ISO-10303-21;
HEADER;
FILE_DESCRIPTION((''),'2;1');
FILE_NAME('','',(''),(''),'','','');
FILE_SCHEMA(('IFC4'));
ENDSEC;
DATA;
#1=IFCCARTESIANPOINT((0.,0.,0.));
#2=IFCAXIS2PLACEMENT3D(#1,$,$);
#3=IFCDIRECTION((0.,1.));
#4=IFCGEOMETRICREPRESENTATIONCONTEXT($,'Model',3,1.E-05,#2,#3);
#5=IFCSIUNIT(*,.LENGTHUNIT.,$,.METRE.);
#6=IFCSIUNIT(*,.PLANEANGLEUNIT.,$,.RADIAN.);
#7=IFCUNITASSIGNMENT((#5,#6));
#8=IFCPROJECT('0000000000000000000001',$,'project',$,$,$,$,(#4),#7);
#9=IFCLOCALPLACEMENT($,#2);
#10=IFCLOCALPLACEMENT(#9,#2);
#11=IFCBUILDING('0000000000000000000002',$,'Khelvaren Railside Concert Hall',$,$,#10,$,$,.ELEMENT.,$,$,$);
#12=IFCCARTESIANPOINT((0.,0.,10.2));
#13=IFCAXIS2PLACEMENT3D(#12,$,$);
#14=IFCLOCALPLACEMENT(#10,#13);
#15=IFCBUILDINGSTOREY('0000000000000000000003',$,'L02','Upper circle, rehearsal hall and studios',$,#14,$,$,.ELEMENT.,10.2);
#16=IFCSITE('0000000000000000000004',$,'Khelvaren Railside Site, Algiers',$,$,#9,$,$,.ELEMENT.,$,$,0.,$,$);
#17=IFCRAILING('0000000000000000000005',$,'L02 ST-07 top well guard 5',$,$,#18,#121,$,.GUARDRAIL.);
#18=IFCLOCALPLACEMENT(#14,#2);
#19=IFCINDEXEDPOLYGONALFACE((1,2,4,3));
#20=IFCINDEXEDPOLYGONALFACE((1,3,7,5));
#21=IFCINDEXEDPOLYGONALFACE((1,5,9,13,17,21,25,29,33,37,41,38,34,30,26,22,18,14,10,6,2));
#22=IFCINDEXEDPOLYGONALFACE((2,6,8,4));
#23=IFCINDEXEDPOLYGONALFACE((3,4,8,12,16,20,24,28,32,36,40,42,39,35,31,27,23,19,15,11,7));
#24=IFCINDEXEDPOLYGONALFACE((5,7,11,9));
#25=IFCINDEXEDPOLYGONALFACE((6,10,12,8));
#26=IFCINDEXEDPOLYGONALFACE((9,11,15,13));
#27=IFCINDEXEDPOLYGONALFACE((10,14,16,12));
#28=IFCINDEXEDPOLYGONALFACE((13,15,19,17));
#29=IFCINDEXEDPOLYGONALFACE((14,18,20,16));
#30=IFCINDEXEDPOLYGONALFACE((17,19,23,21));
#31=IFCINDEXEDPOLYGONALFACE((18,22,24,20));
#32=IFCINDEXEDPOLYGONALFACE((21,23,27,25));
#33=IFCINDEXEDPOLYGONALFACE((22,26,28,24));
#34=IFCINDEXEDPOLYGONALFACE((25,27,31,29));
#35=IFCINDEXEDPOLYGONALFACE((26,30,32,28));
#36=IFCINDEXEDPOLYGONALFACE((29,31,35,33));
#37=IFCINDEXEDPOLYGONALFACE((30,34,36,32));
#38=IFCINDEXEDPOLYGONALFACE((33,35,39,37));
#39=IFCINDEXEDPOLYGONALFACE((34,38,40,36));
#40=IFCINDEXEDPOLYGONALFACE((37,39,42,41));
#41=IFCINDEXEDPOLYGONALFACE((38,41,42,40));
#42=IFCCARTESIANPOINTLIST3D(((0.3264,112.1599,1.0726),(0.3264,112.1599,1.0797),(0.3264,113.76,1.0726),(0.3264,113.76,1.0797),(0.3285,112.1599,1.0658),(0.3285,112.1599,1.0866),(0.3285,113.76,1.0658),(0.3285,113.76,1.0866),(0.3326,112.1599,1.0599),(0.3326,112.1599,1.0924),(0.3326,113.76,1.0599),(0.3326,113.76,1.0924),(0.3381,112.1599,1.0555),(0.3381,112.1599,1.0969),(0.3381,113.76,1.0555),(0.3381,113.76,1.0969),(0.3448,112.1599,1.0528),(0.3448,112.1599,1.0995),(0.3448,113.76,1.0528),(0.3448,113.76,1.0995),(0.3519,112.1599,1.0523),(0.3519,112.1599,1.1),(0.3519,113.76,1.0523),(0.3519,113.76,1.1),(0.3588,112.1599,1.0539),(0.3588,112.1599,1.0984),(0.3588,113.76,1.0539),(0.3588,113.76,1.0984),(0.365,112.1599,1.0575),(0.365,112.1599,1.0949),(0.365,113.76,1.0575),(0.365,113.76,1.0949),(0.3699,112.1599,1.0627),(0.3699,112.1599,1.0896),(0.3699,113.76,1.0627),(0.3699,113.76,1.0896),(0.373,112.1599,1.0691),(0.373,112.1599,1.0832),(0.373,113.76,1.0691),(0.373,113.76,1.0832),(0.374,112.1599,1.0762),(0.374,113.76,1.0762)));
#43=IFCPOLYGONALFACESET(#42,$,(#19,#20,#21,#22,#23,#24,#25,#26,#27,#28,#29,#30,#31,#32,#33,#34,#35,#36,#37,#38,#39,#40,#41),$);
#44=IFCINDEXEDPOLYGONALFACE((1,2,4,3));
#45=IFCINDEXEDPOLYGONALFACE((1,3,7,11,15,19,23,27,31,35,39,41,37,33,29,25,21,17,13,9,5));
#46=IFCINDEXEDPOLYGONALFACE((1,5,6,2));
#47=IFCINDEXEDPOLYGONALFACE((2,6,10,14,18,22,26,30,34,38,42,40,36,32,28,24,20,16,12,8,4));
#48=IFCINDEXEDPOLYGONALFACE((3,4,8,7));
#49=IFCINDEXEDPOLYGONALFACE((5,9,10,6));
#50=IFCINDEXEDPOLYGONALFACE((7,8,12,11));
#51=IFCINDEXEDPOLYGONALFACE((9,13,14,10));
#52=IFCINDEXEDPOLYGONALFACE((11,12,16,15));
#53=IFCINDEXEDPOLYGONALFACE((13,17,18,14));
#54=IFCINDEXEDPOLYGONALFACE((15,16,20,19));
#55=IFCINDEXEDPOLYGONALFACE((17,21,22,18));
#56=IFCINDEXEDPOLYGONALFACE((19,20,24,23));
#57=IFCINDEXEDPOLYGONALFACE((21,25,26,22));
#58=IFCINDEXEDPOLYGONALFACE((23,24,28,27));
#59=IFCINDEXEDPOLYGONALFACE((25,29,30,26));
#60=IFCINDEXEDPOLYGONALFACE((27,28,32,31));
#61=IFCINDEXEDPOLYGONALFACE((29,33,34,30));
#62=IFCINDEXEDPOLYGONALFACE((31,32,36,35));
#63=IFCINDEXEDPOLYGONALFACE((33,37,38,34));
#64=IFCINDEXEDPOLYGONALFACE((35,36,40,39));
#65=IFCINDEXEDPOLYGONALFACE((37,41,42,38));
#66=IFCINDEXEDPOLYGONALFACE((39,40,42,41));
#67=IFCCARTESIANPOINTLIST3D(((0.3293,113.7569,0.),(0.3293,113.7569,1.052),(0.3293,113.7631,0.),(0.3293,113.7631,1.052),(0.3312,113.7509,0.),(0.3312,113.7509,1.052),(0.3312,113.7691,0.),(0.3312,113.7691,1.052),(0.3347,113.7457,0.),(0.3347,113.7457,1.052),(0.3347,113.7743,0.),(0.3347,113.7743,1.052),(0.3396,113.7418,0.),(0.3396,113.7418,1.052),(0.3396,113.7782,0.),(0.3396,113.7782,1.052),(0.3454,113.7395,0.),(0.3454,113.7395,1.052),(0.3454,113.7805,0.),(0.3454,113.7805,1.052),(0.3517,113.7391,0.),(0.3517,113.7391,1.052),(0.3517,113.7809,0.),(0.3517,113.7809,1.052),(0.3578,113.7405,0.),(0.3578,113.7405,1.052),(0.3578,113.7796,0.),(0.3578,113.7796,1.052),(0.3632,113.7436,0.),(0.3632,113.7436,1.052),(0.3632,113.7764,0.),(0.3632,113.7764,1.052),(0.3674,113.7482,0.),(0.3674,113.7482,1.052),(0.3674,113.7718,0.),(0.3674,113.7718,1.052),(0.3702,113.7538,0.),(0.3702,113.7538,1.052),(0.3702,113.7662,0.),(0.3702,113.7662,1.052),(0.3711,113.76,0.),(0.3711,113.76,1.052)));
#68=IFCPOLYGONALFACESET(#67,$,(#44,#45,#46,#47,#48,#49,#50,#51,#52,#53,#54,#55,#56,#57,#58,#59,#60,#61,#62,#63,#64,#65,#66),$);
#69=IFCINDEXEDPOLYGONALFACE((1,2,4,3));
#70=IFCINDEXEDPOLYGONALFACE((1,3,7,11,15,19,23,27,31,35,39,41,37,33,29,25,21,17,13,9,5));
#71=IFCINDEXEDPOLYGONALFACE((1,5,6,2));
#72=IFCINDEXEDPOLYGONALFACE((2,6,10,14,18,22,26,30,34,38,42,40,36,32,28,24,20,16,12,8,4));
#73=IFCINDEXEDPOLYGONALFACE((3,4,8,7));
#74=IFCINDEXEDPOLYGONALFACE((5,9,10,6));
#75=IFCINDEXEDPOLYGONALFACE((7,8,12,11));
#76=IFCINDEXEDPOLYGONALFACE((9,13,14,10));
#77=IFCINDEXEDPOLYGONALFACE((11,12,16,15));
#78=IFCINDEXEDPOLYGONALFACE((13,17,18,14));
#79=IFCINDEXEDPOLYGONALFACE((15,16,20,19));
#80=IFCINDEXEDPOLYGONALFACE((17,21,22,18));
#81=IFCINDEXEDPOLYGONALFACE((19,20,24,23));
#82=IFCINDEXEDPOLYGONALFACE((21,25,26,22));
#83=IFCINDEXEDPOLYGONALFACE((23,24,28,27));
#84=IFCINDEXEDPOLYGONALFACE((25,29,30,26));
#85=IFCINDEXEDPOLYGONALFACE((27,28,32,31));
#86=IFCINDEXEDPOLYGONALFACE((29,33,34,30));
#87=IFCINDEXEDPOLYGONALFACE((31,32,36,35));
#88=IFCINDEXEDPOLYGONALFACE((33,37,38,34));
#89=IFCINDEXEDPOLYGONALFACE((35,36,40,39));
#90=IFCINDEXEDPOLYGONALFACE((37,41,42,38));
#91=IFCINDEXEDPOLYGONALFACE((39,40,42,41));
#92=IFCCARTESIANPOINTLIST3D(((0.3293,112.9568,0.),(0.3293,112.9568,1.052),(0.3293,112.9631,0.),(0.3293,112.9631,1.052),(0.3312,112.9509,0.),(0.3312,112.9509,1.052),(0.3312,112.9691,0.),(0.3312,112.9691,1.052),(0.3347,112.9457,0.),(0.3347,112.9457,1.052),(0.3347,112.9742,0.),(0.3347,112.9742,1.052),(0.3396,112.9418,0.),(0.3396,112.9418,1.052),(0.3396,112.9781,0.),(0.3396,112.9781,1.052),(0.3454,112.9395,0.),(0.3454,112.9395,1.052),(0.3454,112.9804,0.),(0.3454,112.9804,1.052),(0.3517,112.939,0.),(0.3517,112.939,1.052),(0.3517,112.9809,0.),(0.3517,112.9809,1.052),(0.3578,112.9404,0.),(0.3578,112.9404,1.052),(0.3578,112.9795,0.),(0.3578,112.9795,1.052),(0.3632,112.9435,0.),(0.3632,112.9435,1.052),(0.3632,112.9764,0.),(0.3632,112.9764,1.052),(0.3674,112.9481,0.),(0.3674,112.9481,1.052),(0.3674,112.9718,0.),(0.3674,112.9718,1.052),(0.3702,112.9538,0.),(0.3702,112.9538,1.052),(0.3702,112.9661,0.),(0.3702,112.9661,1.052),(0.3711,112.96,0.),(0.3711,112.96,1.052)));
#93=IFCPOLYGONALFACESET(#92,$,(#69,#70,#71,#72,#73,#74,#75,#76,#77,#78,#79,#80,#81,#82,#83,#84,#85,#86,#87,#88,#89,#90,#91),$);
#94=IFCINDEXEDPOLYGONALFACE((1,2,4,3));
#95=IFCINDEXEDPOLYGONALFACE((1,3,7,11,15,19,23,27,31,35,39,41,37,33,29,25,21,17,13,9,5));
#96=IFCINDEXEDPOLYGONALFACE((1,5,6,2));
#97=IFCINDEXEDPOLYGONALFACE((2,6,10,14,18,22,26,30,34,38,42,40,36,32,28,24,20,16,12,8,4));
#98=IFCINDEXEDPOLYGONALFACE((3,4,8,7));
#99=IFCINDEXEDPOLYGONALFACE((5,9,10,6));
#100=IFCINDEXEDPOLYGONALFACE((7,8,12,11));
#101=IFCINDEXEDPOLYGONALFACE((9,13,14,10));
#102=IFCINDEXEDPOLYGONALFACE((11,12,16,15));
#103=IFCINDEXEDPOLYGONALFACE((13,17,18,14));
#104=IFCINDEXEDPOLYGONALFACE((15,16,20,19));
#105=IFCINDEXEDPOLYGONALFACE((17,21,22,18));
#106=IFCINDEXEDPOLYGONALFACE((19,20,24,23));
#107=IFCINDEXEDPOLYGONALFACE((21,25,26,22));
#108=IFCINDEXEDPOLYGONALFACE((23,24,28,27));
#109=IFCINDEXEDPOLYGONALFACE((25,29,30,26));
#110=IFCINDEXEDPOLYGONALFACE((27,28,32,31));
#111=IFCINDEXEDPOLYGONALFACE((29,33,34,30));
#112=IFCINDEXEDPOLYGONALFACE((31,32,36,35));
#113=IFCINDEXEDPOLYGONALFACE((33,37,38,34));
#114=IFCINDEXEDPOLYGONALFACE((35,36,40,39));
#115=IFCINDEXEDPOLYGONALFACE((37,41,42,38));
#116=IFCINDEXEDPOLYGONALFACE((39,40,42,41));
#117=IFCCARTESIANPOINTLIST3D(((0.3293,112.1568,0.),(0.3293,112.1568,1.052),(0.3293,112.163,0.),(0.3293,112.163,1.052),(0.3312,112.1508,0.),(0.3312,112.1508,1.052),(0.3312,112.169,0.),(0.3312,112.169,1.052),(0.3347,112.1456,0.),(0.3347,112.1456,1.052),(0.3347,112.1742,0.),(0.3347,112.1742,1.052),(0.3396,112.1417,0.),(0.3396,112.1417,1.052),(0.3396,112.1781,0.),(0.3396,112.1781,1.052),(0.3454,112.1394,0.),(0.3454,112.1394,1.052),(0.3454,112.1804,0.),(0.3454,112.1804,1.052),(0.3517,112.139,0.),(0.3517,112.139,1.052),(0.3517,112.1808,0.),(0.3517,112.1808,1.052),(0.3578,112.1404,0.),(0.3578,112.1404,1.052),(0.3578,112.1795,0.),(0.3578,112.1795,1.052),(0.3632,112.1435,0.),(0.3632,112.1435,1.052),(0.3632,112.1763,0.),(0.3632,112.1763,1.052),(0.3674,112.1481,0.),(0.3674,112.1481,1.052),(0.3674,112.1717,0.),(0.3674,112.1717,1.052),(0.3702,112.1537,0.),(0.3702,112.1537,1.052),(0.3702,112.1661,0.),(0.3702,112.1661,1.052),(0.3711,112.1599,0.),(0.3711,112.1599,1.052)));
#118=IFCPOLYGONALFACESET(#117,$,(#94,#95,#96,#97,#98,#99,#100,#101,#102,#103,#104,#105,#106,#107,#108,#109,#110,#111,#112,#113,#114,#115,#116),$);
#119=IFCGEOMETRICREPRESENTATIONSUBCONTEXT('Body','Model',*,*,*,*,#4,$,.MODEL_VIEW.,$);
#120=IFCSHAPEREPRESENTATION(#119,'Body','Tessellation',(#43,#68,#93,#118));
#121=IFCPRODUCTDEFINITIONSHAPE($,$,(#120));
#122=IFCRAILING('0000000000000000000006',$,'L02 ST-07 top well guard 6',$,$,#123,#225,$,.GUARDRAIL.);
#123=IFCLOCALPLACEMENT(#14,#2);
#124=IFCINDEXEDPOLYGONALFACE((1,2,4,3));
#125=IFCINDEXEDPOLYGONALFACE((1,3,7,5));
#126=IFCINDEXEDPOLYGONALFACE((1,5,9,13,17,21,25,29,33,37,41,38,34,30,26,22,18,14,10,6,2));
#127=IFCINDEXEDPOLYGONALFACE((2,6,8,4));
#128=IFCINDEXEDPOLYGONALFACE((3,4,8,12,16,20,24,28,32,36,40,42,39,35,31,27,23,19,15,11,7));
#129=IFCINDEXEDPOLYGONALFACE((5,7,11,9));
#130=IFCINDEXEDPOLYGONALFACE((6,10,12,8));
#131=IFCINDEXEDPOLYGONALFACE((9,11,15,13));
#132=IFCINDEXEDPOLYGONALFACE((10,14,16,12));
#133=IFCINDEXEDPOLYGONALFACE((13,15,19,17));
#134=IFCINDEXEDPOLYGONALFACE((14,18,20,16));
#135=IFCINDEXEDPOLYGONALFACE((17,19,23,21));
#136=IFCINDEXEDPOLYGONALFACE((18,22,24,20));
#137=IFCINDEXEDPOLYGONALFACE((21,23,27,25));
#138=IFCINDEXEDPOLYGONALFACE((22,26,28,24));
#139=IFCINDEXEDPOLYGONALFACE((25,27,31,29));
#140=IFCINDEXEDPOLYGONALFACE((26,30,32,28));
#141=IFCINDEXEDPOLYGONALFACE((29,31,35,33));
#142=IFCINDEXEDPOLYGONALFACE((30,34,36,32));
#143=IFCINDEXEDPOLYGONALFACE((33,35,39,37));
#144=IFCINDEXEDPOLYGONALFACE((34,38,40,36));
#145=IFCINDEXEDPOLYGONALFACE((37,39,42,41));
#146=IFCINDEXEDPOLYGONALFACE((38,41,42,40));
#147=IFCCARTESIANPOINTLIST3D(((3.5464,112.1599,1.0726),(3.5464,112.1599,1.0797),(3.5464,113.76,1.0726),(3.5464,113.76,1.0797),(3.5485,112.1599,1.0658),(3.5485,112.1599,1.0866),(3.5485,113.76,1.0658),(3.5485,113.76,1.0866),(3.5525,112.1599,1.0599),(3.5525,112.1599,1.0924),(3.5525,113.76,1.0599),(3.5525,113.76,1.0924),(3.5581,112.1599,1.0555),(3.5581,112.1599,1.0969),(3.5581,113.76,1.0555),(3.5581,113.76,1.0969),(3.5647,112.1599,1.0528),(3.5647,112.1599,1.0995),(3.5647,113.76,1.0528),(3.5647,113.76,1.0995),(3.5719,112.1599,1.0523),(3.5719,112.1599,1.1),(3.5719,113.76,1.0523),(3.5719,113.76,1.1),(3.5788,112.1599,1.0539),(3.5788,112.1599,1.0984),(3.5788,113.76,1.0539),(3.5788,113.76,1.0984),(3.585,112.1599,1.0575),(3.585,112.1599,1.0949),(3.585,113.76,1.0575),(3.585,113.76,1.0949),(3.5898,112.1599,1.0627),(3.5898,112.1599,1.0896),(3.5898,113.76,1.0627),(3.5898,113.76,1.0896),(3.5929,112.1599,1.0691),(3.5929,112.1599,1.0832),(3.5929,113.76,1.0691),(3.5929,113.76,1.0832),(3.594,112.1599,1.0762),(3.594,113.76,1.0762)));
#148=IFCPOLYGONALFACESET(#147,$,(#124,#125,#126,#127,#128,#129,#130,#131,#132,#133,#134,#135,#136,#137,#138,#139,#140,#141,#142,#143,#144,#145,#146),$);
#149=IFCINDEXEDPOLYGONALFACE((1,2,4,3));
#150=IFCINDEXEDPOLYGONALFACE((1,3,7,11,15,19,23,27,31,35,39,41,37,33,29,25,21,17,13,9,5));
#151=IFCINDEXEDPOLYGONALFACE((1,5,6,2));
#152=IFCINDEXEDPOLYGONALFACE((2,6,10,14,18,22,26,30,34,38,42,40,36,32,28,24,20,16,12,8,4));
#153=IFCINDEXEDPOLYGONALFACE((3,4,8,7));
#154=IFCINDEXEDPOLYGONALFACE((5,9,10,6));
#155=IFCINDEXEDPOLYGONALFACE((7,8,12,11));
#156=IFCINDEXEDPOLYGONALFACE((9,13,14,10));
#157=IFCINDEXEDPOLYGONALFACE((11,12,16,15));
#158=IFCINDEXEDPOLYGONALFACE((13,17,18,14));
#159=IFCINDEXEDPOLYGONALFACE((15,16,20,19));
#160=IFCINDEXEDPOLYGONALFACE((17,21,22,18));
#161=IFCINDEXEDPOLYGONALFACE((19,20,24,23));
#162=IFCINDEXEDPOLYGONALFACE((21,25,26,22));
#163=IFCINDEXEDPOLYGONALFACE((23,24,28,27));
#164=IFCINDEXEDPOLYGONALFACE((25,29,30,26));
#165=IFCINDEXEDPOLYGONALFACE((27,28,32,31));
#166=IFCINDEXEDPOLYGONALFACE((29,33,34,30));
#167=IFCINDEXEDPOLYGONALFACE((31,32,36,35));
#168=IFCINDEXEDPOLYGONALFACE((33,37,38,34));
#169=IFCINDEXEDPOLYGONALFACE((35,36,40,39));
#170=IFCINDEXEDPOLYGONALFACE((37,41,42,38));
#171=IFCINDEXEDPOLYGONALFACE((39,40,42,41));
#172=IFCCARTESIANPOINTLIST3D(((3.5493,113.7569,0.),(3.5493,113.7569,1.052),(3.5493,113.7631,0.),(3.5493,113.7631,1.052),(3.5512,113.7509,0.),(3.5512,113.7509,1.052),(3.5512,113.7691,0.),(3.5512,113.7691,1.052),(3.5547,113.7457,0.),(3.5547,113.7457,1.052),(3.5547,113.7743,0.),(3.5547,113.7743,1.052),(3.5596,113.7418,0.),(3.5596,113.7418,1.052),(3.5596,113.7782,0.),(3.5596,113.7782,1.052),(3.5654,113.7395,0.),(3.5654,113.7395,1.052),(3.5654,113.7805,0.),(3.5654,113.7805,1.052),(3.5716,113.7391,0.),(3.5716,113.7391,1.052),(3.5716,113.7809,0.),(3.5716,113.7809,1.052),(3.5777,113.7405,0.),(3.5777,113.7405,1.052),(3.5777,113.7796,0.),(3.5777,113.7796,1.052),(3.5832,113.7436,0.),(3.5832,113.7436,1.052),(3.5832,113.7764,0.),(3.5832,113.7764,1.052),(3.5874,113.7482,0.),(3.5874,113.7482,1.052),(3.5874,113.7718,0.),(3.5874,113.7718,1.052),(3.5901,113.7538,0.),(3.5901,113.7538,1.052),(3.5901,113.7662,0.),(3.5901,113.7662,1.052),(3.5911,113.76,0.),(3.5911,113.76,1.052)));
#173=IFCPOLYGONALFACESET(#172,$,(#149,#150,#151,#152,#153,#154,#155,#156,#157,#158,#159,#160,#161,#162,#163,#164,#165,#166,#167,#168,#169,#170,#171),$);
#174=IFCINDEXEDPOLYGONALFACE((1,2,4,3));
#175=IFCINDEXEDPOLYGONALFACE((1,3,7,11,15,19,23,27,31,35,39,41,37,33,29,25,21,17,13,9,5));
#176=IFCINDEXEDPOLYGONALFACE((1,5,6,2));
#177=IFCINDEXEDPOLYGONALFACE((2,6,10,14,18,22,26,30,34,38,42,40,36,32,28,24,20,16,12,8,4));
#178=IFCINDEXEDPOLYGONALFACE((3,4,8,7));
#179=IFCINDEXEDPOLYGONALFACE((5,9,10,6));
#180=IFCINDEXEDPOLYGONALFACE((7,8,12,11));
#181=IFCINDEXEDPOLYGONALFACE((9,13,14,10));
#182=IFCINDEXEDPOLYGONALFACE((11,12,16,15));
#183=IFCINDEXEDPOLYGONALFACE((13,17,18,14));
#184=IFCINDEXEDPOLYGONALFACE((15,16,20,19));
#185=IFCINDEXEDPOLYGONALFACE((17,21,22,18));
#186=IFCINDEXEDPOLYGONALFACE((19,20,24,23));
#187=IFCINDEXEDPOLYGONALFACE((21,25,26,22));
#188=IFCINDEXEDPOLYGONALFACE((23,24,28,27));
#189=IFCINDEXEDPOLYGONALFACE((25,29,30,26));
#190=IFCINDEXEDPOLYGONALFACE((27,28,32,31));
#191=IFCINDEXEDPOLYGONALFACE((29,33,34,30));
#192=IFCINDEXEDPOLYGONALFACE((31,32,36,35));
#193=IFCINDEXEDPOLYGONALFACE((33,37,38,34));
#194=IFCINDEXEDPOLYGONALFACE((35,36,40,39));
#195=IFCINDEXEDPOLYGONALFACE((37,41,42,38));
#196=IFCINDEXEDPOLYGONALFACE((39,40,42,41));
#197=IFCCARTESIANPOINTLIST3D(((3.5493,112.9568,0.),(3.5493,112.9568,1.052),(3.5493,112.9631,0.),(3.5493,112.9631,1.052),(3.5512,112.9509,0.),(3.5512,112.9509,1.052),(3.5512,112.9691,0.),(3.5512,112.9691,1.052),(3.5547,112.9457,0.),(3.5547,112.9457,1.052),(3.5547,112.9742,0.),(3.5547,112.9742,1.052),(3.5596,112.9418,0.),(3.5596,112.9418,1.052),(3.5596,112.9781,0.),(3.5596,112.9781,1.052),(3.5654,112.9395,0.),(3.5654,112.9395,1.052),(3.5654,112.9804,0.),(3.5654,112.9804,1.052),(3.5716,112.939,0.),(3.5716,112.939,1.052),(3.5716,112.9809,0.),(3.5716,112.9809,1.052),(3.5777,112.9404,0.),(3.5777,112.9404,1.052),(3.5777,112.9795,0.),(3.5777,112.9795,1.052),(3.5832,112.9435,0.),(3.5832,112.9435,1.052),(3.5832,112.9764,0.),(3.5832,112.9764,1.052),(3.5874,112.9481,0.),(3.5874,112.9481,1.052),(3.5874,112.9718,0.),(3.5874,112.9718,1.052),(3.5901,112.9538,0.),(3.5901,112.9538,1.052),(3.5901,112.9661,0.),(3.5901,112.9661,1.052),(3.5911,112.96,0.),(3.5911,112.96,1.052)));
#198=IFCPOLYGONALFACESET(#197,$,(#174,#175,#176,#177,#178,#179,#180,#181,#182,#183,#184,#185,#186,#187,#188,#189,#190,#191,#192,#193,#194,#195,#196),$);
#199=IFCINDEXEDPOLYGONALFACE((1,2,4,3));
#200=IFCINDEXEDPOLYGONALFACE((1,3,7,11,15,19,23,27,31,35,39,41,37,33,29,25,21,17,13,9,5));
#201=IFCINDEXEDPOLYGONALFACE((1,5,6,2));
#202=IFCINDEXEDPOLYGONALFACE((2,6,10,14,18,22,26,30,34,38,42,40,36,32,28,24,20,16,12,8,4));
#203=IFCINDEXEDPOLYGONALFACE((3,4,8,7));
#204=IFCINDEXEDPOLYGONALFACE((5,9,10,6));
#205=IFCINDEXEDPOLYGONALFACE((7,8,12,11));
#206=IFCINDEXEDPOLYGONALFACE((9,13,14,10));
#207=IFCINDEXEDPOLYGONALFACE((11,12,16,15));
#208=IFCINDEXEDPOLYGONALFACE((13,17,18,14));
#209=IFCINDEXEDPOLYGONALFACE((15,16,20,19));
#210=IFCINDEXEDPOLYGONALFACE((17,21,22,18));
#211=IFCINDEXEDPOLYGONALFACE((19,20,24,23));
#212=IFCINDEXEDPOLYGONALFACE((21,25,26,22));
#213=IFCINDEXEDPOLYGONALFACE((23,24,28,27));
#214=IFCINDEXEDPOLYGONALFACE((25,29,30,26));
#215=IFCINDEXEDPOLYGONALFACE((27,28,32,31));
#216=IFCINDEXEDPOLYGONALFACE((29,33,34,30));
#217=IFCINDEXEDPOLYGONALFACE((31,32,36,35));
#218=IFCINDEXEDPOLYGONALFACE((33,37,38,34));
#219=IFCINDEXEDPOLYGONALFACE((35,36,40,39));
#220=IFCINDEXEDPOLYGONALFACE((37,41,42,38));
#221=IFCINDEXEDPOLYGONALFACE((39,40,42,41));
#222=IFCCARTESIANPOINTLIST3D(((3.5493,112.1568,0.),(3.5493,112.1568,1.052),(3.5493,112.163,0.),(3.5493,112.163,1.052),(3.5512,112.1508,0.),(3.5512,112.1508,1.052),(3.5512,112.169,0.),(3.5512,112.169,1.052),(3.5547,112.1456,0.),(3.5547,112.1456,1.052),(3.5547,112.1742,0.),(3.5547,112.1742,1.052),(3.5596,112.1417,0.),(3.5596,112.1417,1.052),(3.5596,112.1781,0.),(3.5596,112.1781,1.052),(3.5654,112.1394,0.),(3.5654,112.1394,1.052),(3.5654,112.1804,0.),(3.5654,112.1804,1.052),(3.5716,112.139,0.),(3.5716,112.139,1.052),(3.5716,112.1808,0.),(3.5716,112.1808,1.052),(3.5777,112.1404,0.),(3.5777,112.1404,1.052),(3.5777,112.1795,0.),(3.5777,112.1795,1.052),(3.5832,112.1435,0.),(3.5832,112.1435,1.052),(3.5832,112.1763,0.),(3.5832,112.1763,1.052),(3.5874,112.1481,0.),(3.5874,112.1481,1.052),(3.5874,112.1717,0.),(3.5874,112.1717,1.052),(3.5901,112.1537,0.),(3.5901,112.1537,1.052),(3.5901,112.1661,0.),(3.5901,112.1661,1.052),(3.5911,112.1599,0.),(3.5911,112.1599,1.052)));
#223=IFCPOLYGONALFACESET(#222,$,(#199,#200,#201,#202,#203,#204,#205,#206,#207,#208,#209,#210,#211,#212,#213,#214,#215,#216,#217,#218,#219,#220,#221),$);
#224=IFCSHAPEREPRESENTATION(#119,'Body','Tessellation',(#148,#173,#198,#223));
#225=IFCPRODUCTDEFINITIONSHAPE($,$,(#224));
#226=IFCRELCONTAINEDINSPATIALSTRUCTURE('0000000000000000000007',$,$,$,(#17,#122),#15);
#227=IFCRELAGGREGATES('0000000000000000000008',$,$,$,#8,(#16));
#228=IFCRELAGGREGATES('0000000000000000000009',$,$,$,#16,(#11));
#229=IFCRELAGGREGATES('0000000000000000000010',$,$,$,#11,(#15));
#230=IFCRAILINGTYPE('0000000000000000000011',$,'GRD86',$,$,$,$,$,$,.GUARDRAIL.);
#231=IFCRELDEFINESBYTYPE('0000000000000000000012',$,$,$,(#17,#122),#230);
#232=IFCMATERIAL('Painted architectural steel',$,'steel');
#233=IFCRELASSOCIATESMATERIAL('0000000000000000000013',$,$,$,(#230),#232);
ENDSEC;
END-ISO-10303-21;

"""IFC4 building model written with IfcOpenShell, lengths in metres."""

from ifc_helpers import new_model, si_unit, direction, frame, origin, origin_2d, place, context, subcontext, project, spatial, circle, extrude, material, type_object, element, save


model = new_model("IFC4")

# Units and contexts
model_context = context("Model", 3, precision=1e-05, world=origin(), true_north=direction((0.0, 1.0)))
body_context = subcontext(model_context, "Body", "Model", "MODEL_VIEW")
ifc_project = project(units=[si_unit("LENGTHUNIT", "METRE"), si_unit("PLANEANGLEUNIT", "RADIAN")], contexts=[model_context])

# Site, building, storey
site_placement = place(None, origin())
site = spatial("IfcSite", under=ifc_project, at=site_placement, Name="Khelvaren Railside Site, Algiers", CompositionType="ELEMENT", RefElevation=0.0)
building_placement = place(site_placement, origin())
building = spatial("IfcBuilding", under=site, at=building_placement, Name="Khelvaren Railside Concert Hall", CompositionType="ELEMENT")
storey_placement = place(building_placement, frame((0.0, 0.0, 10.2)))
storey = spatial("IfcBuildingStorey", under=building, at=storey_placement, Name="L02", Description="Upper circle, rehearsal hall and studios", CompositionType="ELEMENT", Elevation=10.2)

# Railings
ifc_material_1 = material(Name="Painted architectural steel", Category="steel")
railing_type = type_object("IfcRailingType", Name="GRD86", PredefinedType="GUARDRAIL", material=ifc_material_1)
for number, where, name in (
    (1, (0.3501, 113.76, 0.0), "L02 ST-07 top well guard 5"),
    (2, (3.5701, 113.76, 0.0), "L02 ST-07 top well guard 6"),
):
    element("IfcRailing", number, at=place(storey_placement, frame(where)), inside=storey, type_object=railing_type, Name=name, PredefinedType="GUARDRAIL", context=body_context, shape_type="SweptSolid", body=[
        extrude(circle(Radius=0.0239, at=origin_2d()), frame((0.0, 0.0, 1.0762), z_axis=(0.0, -1.0, 0.0), x_axis=(1.0, 0.0, 0.0)), (0.0, 0.0, 1.0), 1.6001),
        extrude(circle(Radius=0.021, at=origin_2d()), origin(), (0.0, 0.0, 1.0), 1.052),
        extrude(circle(Radius=0.021, at=origin_2d()), frame((0.0, -0.8, 0.0)), (0.0, 0.0, 1.0), 1.052),
        extrude(circle(Radius=0.021, at=origin_2d()), frame((0.0, -1.6001, 0.0)), (0.0, 0.0, 1.0), 1.052),
    ])

save(model, "model.ifc")
